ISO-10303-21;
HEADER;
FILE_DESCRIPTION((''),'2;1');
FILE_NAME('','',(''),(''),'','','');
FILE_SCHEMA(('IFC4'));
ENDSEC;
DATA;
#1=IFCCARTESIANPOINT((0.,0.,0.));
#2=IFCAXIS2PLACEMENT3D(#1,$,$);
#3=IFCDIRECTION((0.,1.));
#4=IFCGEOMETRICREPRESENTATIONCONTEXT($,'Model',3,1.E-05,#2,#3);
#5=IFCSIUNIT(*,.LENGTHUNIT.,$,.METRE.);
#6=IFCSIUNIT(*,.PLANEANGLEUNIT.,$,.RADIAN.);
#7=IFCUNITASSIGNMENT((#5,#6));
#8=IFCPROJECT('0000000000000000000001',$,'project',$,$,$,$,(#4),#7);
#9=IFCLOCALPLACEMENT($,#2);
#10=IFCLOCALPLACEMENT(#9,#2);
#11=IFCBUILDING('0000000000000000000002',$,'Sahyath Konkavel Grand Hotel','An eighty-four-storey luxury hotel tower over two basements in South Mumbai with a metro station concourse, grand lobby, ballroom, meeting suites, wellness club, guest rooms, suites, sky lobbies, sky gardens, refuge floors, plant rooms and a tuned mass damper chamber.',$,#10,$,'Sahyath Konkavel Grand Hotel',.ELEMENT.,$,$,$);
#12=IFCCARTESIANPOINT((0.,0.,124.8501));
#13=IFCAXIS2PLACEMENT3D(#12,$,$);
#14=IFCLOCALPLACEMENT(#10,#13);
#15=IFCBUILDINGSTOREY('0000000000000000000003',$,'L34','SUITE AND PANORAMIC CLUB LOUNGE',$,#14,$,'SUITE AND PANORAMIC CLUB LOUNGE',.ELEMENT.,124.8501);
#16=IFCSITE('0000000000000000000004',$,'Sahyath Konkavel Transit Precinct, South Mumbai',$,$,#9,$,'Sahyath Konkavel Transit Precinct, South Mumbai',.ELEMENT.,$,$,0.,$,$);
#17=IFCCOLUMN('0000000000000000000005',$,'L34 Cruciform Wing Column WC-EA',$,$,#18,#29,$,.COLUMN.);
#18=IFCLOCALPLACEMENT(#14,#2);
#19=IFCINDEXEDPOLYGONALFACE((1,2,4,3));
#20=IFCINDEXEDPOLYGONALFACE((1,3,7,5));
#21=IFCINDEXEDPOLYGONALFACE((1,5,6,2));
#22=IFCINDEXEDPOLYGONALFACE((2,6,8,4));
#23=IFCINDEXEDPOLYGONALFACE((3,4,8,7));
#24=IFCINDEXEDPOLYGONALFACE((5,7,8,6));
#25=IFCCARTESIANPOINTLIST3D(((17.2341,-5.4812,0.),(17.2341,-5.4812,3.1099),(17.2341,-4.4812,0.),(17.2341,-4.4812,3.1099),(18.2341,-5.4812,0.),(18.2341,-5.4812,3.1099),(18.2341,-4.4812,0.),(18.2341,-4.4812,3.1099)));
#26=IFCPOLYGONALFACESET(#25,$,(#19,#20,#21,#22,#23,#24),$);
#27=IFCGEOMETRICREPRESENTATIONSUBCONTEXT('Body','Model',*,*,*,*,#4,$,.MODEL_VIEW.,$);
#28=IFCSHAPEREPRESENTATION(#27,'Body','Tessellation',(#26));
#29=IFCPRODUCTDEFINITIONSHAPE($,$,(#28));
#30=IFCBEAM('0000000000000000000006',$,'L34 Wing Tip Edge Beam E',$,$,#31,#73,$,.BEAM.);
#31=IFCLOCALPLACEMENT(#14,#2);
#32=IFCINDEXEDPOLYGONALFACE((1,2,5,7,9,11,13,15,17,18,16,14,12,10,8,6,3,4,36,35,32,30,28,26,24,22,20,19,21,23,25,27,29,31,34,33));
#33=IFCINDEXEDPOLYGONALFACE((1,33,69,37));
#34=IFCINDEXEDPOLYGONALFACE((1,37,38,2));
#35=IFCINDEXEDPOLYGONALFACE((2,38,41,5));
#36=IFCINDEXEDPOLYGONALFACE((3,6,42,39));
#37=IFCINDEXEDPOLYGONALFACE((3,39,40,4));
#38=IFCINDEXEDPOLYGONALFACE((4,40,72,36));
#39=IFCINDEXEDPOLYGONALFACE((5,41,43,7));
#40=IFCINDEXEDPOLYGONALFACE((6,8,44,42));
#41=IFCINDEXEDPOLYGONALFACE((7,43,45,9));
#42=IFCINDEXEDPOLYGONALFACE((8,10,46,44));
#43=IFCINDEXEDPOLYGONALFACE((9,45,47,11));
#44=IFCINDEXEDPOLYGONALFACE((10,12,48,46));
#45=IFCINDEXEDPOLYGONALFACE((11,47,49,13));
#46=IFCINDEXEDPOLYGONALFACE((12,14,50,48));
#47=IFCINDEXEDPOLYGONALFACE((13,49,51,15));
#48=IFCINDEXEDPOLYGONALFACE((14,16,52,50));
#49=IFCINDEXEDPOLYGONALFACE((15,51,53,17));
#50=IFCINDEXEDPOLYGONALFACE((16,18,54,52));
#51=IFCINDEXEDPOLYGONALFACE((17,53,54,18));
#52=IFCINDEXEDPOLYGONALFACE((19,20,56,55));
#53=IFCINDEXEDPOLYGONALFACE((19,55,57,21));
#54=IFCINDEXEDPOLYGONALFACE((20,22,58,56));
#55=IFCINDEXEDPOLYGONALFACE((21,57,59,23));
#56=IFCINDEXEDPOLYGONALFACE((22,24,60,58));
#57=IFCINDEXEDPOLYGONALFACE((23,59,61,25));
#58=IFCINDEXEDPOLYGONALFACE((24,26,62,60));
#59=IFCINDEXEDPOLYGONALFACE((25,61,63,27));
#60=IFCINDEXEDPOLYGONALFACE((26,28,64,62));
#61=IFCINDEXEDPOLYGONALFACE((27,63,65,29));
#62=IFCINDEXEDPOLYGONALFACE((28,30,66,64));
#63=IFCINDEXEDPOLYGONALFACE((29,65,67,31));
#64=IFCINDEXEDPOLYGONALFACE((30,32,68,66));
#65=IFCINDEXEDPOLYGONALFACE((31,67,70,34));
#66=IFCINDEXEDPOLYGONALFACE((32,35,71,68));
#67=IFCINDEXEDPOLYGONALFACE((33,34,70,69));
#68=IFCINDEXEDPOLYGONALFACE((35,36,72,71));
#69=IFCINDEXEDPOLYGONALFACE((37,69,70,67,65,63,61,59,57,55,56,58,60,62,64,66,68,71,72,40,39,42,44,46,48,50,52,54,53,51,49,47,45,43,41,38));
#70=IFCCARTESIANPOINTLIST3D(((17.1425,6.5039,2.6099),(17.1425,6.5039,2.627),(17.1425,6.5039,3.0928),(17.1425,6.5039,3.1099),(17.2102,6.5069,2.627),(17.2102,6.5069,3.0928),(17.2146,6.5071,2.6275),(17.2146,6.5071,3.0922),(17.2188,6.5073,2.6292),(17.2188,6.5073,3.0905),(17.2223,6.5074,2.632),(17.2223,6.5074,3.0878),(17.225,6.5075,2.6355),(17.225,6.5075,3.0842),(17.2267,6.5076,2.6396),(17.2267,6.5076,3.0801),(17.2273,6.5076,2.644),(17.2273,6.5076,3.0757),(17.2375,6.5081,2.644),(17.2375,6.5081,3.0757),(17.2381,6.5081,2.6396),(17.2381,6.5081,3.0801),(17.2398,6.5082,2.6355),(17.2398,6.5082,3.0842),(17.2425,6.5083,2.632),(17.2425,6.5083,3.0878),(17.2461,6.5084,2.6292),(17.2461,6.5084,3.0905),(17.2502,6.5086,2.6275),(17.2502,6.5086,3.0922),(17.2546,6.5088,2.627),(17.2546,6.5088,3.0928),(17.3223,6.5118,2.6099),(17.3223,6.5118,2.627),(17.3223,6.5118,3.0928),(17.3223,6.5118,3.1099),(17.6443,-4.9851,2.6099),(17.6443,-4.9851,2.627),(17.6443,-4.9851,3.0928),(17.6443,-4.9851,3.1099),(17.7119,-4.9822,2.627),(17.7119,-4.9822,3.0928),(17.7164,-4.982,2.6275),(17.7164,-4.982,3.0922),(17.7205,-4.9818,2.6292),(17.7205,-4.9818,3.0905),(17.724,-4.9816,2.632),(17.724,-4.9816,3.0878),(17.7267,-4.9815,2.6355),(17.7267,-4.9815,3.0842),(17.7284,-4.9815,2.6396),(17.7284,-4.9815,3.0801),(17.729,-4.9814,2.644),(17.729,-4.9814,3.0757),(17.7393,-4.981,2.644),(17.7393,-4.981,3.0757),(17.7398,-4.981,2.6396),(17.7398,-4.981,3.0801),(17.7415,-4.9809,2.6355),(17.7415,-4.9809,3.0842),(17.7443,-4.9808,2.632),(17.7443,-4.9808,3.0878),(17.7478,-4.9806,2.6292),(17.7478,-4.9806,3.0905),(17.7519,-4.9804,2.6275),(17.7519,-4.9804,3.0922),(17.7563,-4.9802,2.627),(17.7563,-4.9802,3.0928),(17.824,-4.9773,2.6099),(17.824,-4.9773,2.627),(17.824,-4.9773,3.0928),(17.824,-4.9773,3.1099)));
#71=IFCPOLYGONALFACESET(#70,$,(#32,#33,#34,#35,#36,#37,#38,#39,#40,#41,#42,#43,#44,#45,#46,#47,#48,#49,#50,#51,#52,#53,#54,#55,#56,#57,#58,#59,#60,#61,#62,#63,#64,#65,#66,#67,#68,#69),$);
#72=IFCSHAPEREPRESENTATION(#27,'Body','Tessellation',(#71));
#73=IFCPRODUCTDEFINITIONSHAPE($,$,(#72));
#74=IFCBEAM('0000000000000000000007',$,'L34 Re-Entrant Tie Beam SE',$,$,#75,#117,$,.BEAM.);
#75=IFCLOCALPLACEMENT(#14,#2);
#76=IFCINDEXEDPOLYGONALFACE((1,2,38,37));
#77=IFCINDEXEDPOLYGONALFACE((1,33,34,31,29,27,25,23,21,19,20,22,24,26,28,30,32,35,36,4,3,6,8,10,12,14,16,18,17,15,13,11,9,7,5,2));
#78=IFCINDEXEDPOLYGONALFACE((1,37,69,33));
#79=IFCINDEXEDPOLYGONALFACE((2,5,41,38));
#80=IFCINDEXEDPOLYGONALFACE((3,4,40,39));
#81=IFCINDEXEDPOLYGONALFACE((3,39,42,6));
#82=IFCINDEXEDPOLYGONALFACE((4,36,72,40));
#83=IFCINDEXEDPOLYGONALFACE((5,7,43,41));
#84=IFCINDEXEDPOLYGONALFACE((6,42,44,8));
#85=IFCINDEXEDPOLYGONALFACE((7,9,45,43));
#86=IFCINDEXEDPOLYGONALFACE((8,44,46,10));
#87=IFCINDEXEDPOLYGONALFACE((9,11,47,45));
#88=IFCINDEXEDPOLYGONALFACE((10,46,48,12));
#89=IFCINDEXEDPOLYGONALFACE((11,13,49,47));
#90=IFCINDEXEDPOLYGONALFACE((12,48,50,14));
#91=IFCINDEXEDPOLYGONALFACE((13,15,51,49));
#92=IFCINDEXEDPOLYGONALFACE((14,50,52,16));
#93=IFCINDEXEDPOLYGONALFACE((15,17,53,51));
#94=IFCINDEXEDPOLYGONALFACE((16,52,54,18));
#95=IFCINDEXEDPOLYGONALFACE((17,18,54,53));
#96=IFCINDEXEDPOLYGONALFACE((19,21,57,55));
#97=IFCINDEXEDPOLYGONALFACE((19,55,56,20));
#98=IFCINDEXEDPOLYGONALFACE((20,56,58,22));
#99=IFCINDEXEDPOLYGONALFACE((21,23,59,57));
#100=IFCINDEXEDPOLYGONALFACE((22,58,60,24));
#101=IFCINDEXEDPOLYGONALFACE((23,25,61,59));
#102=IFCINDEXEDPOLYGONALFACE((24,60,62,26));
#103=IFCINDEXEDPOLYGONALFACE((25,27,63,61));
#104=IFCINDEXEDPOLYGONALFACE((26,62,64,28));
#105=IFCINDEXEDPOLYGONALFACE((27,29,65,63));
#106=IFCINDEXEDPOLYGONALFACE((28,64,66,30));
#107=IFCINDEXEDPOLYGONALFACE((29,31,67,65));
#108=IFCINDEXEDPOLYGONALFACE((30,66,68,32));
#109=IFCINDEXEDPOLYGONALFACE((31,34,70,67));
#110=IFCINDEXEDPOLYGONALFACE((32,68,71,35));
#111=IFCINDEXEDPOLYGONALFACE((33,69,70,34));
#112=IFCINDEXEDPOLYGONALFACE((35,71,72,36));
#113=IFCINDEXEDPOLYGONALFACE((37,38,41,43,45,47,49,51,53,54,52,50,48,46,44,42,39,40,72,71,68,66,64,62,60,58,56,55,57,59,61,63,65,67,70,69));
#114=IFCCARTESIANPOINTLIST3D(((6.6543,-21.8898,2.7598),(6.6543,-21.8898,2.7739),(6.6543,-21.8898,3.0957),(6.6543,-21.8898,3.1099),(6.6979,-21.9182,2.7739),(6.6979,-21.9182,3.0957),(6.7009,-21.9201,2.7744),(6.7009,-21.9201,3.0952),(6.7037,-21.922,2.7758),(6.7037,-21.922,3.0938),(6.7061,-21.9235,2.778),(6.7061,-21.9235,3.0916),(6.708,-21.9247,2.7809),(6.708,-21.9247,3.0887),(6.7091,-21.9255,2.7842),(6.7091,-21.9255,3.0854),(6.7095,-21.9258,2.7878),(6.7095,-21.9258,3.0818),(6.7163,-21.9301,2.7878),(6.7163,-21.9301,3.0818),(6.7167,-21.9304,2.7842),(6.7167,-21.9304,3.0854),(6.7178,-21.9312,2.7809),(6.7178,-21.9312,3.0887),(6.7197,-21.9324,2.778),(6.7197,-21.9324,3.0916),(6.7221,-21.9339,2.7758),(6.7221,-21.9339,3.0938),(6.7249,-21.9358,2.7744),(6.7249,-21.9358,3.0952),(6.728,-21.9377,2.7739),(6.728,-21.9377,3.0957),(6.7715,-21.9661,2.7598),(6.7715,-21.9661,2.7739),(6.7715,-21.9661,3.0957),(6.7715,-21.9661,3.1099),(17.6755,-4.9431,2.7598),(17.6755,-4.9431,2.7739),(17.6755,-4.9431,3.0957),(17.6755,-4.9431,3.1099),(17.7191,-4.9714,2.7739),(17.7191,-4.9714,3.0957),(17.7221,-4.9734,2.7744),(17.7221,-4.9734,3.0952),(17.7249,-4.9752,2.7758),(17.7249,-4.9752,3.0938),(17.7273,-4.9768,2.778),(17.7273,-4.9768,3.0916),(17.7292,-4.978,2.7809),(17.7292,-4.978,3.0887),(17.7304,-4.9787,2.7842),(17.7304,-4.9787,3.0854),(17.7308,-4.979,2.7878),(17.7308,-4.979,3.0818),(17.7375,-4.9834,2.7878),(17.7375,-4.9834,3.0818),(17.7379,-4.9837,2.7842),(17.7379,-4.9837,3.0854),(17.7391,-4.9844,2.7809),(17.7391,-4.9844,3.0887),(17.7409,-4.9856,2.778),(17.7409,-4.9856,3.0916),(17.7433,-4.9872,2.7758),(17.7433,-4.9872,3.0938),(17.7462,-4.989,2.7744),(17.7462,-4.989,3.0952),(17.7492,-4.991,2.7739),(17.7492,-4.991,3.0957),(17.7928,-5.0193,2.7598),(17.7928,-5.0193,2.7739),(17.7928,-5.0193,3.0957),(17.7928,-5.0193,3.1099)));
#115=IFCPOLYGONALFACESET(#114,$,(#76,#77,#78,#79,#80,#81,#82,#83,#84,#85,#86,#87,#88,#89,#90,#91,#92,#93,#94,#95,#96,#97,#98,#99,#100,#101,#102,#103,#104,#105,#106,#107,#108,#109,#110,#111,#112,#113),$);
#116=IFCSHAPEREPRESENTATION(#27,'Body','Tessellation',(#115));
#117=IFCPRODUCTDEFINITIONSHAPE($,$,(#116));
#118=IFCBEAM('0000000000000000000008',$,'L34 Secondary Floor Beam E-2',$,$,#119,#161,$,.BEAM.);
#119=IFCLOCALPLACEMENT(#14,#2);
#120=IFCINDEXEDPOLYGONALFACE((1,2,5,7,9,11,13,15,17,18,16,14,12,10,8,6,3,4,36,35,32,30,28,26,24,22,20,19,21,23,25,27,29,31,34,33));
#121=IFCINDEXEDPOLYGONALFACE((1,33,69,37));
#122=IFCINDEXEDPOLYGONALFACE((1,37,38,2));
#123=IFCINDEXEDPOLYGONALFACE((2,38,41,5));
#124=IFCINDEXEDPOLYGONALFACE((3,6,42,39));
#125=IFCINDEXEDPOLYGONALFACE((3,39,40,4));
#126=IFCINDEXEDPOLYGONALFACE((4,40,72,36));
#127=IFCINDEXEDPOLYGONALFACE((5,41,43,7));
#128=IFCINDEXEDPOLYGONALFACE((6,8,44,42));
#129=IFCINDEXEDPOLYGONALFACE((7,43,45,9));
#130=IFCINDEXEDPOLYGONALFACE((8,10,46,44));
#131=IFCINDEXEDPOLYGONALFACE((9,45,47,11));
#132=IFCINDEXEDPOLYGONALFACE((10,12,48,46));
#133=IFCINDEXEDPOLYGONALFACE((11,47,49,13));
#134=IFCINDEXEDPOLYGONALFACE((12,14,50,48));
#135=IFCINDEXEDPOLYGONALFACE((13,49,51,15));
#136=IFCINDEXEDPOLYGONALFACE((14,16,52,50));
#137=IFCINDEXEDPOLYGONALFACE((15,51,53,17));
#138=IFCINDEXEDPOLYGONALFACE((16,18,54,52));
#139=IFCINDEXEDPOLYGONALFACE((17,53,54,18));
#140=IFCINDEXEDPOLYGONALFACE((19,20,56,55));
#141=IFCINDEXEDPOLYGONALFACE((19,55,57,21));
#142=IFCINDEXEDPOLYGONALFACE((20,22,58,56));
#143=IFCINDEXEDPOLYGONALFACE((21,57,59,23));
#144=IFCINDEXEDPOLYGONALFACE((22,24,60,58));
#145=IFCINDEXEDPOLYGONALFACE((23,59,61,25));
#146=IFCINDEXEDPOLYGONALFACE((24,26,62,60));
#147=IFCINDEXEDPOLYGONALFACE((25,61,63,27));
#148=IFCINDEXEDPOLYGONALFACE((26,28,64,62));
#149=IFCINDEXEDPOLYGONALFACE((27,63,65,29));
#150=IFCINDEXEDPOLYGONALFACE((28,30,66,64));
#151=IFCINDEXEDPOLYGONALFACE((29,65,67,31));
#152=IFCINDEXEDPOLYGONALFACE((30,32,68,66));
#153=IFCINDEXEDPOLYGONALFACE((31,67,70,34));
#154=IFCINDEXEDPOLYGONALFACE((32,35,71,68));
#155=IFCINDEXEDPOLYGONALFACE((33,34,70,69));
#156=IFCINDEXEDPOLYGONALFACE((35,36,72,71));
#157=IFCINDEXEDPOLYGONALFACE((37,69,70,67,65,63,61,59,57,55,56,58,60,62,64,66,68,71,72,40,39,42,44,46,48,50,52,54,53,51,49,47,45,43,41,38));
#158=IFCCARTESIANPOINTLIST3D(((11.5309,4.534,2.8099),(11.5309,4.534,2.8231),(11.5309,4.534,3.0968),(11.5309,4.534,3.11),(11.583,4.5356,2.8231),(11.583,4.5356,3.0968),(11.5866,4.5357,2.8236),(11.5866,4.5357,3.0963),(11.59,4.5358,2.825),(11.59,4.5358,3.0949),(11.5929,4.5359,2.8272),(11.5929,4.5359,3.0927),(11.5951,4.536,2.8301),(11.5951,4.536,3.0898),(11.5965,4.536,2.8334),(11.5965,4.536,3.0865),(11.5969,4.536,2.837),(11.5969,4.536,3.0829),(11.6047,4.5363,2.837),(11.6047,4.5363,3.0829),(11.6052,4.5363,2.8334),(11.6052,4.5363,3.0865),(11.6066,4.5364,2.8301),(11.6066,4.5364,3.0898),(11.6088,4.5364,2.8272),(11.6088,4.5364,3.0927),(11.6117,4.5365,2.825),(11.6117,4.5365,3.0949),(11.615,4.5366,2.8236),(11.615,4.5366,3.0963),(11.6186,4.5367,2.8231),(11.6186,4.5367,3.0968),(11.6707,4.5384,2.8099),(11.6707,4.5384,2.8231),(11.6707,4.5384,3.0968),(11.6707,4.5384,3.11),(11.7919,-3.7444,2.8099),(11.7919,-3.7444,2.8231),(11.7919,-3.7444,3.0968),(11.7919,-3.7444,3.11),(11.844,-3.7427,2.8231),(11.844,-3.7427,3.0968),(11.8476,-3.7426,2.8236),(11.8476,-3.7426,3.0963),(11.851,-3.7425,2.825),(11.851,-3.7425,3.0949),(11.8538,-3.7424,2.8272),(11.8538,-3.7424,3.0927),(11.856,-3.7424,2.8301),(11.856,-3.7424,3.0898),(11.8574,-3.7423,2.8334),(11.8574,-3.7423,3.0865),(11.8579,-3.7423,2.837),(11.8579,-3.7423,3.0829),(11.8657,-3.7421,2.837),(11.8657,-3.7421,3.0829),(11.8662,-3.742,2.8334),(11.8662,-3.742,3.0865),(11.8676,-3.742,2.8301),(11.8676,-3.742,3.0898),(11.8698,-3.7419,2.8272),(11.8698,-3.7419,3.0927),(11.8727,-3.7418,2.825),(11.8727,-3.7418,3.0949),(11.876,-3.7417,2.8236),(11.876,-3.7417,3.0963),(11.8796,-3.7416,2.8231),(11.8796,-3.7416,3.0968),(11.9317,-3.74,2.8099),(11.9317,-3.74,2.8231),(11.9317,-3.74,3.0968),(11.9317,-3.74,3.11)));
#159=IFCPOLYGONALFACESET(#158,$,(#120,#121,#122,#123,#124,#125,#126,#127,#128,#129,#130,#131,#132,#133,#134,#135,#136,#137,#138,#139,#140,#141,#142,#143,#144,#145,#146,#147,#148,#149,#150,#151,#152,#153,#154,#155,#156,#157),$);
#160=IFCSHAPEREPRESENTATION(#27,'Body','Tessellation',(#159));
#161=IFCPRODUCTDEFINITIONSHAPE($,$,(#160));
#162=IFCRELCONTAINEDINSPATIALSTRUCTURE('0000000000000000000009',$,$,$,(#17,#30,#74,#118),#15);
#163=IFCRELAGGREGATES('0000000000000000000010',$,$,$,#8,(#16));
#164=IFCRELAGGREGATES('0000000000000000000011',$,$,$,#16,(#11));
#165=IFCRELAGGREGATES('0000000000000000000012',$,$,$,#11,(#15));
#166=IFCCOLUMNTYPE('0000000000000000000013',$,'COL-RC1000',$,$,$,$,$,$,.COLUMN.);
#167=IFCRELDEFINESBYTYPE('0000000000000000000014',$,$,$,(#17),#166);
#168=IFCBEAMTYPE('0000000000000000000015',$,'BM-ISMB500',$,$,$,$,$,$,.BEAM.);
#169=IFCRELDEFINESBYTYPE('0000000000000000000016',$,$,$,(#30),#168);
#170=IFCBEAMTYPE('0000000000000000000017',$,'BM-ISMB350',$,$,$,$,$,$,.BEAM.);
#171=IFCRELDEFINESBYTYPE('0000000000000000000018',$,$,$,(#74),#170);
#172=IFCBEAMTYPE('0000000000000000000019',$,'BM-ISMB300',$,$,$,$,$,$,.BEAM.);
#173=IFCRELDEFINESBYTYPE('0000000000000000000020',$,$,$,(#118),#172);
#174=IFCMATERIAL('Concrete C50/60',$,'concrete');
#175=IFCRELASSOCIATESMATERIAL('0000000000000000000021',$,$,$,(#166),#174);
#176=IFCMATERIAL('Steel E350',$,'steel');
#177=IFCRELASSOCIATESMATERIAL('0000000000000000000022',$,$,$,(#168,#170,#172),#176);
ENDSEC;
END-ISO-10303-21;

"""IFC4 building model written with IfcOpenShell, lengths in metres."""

from ifc_helpers import new_model, si_unit, direction, frame, origin, origin_2d, place, context, subcontext, project, spatial, rectangle, i_section, extrude, source, transform, mapped, material, material_profile, profile_set, type_object, element, save


model = new_model("IFC4")

# Units and contexts
model_context = context("Model", 3, precision=1e-05, world=origin(), true_north=direction((0.0, 1.0)))
body_context = subcontext(model_context, "Body", "Model", "MODEL_VIEW")
ifc_project = project(units=[si_unit("LENGTHUNIT", "METRE"), si_unit("PLANEANGLEUNIT", "RADIAN")], contexts=[model_context])

# Site, building, storey
site_placement = place(None, origin())
site = spatial("IfcSite", under=ifc_project, at=site_placement, Name="Sahyath Konkavel Transit Precinct, South Mumbai", LongName="Sahyath Konkavel Transit Precinct, South Mumbai", CompositionType="ELEMENT", RefElevation=0.0)
building_placement = place(site_placement, origin())
building = spatial("IfcBuilding", under=site, at=building_placement, Name="Sahyath Konkavel Grand Hotel", Description="An eighty-four-storey luxury hotel tower over two basements in South Mumbai with a metro station concourse, grand lobby, ballroom, meeting suites, wellness club, guest rooms, suites, sky lobbies, sky gardens, refuge floors, plant rooms and a tuned mass damper chamber.", LongName="Sahyath Konkavel Grand Hotel", CompositionType="ELEMENT")
storey_placement = place(building_placement, frame((0.0, 0.0, 124.8501)))
storey = spatial("IfcBuildingStorey", under=building, at=storey_placement, Name="L34", Description="SUITE AND PANORAMIC CLUB LOUNGE", LongName="SUITE AND PANORAMIC CLUB LOUNGE", CompositionType="ELEMENT", Elevation=124.8501)

# Column
ifc_material_1 = material(Name="Concrete C50/60", Category="concrete")
ifc_material_profile_1 = material_profile(ifc_material_1, rectangle(XDim=1.0, YDim=1.0, at=origin_2d()), Name="RC 1000x1000")
ifc_profile_set_1 = profile_set([ifc_material_profile_1], Name="Concrete C50/60")
column_type = type_object("IfcColumnType", Name="COL-RC1000", PredefinedType="COLUMN", material=ifc_profile_set_1)
shared_shape_1 = source(origin(), body_context, "Body", "SweptSolid", [
    extrude(rectangle(XDim=1.0, YDim=1.0, at=origin_2d()), origin(), (0.0, 0.0, 1.0), 3.1099),
])
column_placement = place(storey_placement, frame((17.7341, -4.9812, 0.0), z_axis=(0.0, 0.0, 1.0), x_axis=(1.0, 0.0, 0.0)))
element("IfcColumn", 1, at=column_placement, inside=storey, type_object=column_type, Name="L34 Cruciform Wing Column WC-EA", PredefinedType="COLUMN", context=body_context, shape_type="MappedRepresentation", body=[
    mapped(shared_shape_1, transform((0.0, 0.0, 0.0), scale=1.0)),
])

# Beams
ifc_material_2 = material(Name="Steel E350", Category="steel")
ifc_material_profile_2 = material_profile(ifc_material_2, i_section(OverallWidth=0.1799, OverallDepth=0.5, WebThickness=0.0103, FlangeThickness=0.0171, FilletRadius=0.0171, at=origin_2d()), Name="ISMB 500")
ifc_profile_set_2 = profile_set([ifc_material_profile_2], Name="Steel E350")
beam_type_1 = type_object("IfcBeamType", Name="BM-ISMB500", PredefinedType="BEAM", material=ifc_profile_set_2)
shared_shape_2 = source(origin(), body_context, "Body", "SweptSolid", [
    extrude(i_section(OverallWidth=0.1799, OverallDepth=0.5, WebThickness=0.0103, FlangeThickness=0.0171, FilletRadius=0.0171, at=origin_2d()), origin(), (0.0, 0.0, 1.0), 11.5),
])
beam_1_placement = place(storey_placement, frame((17.7341, -4.9812, 2.8599), z_axis=(-0.043627, 0.999048, 0.0), x_axis=(-0.999048, -0.043627, 0.0)))
element("IfcBeam", 2, at=beam_1_placement, inside=storey, type_object=beam_type_1, Name="L34 Wing Tip Edge Beam E", PredefinedType="BEAM", context=body_context, shape_type="MappedRepresentation", body=[
    mapped(shared_shape_2, transform((0.0, 0.0, 0.0), scale=1.0)),
])
ifc_material_profile_3 = material_profile(ifc_material_2, i_section(OverallWidth=0.1399, OverallDepth=0.3501, WebThickness=0.0081, FlangeThickness=0.0142, FilletRadius=0.0139, at=origin_2d()), Name="ISMB 350")
ifc_profile_set_3 = profile_set([ifc_material_profile_3], Name="Steel E350")
beam_type_2 = type_object("IfcBeamType", Name="BM-ISMB350", PredefinedType="BEAM", material=ifc_profile_set_3)
shared_shape_3 = source(origin(), body_context, "Body", "SweptSolid", [
    extrude(i_section(OverallWidth=0.1399, OverallDepth=0.3501, WebThickness=0.0081, FlangeThickness=0.0142, FilletRadius=0.0139, at=origin_2d()), origin(), (0.0, 0.0, 1.0), 20.2153),
])
beam_2_placement = place(storey_placement, frame((17.7341, -4.9812, 2.9348), z_axis=(-0.545191, -0.838312, 0.0), x_axis=(0.838312, -0.545191, 0.0)))
element("IfcBeam", 3, at=beam_2_placement, inside=storey, type_object=beam_type_2, Name="L34 Re-Entrant Tie Beam SE", PredefinedType="BEAM", context=body_context, shape_type="MappedRepresentation", body=[
    mapped(shared_shape_3, transform((0.0, 0.0, 0.0), scale=1.0)),
])
ifc_material_profile_4 = material_profile(ifc_material_2, i_section(OverallWidth=0.1399, OverallDepth=0.3, WebThickness=0.0078, FlangeThickness=0.0132, FilletRadius=0.0139, at=origin_2d()), Name="ISMB 300")
ifc_profile_set_4 = profile_set([ifc_material_profile_4], Name="Steel E350")
beam_type_3 = type_object("IfcBeamType", Name="BM-ISMB300", PredefinedType="BEAM", material=ifc_profile_set_4)
shared_shape_4 = source(origin(), body_context, "Body", "SweptSolid", [
    extrude(i_section(OverallWidth=0.1399, OverallDepth=0.3, WebThickness=0.0078, FlangeThickness=0.0132, FilletRadius=0.0139, at=origin_2d()), origin(), (0.0, 0.0, 1.0), 8.2825),
])
beam_3_placement = place(storey_placement, frame((11.8618, -3.7422, 2.96), z_axis=(-0.031511, 0.999503, 0.0), x_axis=(-0.999503, -0.031511, 0.0)))
element("IfcBeam", 4, at=beam_3_placement, inside=storey, type_object=beam_type_3, Name="L34 Secondary Floor Beam E-2", PredefinedType="BEAM", context=body_context, shape_type="MappedRepresentation", body=[
    mapped(shared_shape_4, transform((0.0, 0.0, 0.0), scale=1.0)),
])

save(model, "model.ifc")
